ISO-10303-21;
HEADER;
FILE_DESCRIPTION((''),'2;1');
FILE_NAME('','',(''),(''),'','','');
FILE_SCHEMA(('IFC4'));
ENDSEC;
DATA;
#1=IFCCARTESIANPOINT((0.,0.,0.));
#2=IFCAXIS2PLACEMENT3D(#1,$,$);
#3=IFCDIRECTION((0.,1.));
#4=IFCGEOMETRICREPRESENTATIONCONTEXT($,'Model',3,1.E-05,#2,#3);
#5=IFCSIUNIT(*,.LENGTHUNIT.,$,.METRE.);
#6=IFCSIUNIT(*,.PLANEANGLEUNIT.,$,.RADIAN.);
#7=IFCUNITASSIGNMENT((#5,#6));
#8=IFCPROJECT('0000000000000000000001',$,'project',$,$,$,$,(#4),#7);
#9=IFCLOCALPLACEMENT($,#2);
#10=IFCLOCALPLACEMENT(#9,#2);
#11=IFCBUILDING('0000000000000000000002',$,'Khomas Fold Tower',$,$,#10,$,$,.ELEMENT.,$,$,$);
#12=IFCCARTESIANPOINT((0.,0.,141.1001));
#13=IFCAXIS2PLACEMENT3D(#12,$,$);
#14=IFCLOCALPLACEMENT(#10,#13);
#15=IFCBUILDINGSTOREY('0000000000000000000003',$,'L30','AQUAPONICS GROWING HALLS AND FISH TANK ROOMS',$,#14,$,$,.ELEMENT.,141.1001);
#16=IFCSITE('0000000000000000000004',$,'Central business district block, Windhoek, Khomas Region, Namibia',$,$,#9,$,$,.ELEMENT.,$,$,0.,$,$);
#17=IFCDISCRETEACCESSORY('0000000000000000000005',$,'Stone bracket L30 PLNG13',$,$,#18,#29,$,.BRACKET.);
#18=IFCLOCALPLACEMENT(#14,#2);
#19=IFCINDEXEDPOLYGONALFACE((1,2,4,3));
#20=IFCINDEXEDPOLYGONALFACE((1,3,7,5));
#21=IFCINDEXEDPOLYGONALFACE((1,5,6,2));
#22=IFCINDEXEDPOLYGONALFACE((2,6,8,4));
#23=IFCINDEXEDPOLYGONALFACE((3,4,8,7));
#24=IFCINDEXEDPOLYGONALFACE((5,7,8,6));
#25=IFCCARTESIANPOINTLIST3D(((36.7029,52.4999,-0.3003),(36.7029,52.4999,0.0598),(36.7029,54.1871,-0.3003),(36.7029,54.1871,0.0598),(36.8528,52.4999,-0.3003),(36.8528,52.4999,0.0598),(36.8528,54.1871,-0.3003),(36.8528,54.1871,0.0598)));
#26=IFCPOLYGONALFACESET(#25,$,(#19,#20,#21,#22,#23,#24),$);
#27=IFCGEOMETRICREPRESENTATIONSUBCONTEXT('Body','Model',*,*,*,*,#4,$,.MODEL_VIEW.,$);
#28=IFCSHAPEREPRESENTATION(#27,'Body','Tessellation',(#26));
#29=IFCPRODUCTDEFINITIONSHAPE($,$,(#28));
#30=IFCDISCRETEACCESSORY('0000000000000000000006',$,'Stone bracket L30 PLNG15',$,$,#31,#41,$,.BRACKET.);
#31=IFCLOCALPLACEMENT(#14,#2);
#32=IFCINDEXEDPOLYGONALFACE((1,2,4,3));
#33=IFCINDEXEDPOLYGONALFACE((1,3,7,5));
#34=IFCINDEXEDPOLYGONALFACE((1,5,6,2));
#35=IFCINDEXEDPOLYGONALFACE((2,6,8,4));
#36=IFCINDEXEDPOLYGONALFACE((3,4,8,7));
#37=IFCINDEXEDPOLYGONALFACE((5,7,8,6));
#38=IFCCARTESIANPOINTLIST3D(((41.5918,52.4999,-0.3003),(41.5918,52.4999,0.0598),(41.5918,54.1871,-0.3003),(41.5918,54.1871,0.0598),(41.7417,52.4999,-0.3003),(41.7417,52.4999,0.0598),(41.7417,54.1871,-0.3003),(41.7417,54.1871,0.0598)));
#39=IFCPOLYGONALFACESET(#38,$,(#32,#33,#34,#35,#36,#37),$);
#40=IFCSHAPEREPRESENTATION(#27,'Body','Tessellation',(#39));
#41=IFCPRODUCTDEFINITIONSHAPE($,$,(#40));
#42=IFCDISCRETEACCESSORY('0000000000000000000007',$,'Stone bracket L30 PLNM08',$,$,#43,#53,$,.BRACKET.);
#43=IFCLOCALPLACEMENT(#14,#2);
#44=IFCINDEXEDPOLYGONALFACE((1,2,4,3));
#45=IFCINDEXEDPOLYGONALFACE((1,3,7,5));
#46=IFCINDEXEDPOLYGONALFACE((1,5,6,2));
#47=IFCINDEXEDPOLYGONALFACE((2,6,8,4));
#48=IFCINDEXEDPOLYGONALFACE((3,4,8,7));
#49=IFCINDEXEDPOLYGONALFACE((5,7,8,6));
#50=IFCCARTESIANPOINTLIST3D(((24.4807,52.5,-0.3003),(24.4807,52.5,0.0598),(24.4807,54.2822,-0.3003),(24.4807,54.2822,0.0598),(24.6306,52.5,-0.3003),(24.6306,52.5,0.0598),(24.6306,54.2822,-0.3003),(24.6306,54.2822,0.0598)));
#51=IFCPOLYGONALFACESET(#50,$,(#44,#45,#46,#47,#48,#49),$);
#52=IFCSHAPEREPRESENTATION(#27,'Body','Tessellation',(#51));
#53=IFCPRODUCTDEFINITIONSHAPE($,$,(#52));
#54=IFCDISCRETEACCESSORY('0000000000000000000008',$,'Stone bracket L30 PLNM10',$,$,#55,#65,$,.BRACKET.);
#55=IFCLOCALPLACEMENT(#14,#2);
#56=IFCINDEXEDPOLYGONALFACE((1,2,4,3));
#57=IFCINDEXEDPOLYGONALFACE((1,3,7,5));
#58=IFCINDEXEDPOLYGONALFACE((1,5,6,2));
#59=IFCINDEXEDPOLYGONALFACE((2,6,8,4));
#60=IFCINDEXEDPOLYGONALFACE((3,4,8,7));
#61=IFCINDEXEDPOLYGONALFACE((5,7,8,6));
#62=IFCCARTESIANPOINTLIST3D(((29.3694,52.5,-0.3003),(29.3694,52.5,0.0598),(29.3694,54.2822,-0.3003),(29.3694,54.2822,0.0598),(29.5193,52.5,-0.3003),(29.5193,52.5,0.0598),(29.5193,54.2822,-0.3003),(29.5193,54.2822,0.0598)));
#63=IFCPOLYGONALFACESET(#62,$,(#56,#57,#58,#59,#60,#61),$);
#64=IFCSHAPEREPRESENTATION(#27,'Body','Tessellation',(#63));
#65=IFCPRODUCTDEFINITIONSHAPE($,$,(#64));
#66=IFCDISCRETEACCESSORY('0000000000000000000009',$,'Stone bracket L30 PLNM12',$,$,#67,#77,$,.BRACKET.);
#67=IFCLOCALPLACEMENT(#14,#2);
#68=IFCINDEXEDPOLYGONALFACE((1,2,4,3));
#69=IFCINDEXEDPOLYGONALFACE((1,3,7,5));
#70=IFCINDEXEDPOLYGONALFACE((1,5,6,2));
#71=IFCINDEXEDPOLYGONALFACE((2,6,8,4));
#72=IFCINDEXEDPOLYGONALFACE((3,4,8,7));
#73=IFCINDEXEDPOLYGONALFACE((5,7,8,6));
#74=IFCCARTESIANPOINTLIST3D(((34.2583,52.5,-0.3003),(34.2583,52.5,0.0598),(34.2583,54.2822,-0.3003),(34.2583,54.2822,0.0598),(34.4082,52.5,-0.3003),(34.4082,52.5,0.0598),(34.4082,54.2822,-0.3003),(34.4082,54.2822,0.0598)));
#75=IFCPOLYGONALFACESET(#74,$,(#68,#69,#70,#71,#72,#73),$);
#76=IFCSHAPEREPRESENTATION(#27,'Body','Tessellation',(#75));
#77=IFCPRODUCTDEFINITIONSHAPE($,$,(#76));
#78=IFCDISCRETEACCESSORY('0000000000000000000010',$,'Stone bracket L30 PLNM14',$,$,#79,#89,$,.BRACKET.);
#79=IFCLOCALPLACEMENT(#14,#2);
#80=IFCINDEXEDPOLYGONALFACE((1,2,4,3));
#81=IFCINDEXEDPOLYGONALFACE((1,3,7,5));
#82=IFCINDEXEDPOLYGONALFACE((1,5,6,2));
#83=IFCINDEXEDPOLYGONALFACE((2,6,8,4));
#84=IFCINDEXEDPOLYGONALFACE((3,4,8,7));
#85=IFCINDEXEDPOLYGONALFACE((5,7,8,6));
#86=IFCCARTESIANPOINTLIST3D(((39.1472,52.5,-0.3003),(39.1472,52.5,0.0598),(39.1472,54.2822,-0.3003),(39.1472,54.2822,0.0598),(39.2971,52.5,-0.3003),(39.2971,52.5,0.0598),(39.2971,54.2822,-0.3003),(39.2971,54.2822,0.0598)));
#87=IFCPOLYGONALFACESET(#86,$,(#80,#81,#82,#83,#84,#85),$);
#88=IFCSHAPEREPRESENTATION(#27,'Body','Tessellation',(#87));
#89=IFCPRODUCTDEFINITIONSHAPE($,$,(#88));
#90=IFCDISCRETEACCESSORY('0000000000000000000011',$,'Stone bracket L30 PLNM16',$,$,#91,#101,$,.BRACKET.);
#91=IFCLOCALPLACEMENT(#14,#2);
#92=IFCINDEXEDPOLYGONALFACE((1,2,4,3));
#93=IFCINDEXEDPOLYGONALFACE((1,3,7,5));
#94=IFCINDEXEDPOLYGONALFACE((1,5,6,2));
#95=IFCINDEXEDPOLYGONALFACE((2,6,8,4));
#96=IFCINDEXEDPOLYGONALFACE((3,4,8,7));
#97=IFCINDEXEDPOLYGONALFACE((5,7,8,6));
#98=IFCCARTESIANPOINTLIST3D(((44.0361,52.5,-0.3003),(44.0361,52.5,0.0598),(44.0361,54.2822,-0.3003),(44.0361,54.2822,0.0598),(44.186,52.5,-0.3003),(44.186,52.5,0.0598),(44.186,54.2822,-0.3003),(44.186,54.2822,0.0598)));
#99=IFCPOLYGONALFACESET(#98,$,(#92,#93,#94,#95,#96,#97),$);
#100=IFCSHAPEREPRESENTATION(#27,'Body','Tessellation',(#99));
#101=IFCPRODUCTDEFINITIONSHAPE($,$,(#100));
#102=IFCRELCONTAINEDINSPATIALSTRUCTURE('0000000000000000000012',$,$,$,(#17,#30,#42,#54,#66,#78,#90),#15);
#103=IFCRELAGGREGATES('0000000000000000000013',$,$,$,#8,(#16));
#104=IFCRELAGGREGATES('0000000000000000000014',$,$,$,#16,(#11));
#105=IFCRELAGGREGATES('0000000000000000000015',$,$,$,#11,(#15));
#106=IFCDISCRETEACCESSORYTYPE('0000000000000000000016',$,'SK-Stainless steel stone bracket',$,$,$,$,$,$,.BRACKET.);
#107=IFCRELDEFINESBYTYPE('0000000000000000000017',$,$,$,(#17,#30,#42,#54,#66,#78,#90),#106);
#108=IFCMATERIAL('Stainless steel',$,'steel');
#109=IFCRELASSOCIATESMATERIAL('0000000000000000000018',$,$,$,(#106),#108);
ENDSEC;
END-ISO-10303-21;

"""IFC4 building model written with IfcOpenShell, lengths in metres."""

from ifc_helpers import new_model, si_unit, direction, frame, origin, origin_2d, place, context, subcontext, project, spatial, rectangle, extrude, source, transform, mapped, material, type_object, element, save


model = new_model("IFC4")

# Units and contexts
model_context = context("Model", 3, precision=1e-05, world=origin(), true_north=direction((0.0, 1.0)))
body_context = subcontext(model_context, "Body", "Model", "MODEL_VIEW")
ifc_project = project(units=[si_unit("LENGTHUNIT", "METRE"), si_unit("PLANEANGLEUNIT", "RADIAN")], contexts=[model_context])

# Site, building, storey
site_placement = place(None, origin())
site = spatial("IfcSite", under=ifc_project, at=site_placement, Name="Central business district block, Windhoek, Khomas Region, Namibia", CompositionType="ELEMENT", RefElevation=0.0)
building_placement = place(site_placement, origin())
building = spatial("IfcBuilding", under=site, at=building_placement, Name="Khomas Fold Tower", CompositionType="ELEMENT")
storey_placement = place(building_placement, frame((0.0, 0.0, 141.1001)))
storey = spatial("IfcBuildingStorey", under=building, at=storey_placement, Name="L30", Description="AQUAPONICS GROWING HALLS AND FISH TANK ROOMS", CompositionType="ELEMENT", Elevation=141.1001)

# Discrete accessories
ifc_material_1 = material(Name="Stainless steel", Category="steel")
discrete_accessory_type = type_object("IfcDiscreteAccessoryType", Name="SK-Stainless steel stone bracket", PredefinedType="BRACKET", material=ifc_material_1)
shared_shape_1 = source(origin(), body_context, "Body", "SweptSolid", [
    extrude(rectangle(XDim=1.6873, YDim=0.1499, at=origin_2d()), origin(), (0.0, 0.0, 1.0), 0.3601),
])
for number, where, z_axis, x_axis, name in (
    (1, (36.7778, 53.3435, -0.3003), (0.0, 0.0, 1.0), (0.0, 1.0, 0.0), "Stone bracket L30 PLNG13"),
    (2, (41.6667, 53.3435, -0.3003), (0.0, 0.0, 1.0), (0.0, 1.0, 0.0), "Stone bracket L30 PLNG15"),
):
    element("IfcDiscreteAccessory", number, at=place(storey_placement, frame(where, z_axis=z_axis, x_axis=x_axis)), inside=storey, type_object=discrete_accessory_type, Name=name, PredefinedType="BRACKET", context=body_context, shape_type="MappedRepresentation", body=[
        mapped(shared_shape_1, transform((0.0, 0.0, 0.0))),
    ])
shared_shape_2 = source(origin(), body_context, "Body", "SweptSolid", [
    extrude(rectangle(XDim=1.7822, YDim=0.1499, at=origin_2d()), origin(), (0.0, 0.0, 1.0), 0.3601),
])
for number, where, z_axis, x_axis, name in (
    (3, (24.5557, 53.3911, -0.3003), (0.0, 0.0, 1.0), (0.0, 1.0, 0.0), "Stone bracket L30 PLNM08"),
    (4, (29.4443, 53.3911, -0.3003), (0.0, 0.0, 1.0), (0.0, 1.0, 0.0), "Stone bracket L30 PLNM10"),
    (5, (34.3333, 53.3911, -0.3003), (0.0, 0.0, 1.0), (0.0, 1.0, 0.0), "Stone bracket L30 PLNM12"),
    (6, (39.2222, 53.3911, -0.3003), (0.0, 0.0, 1.0), (0.0, 1.0, 0.0), "Stone bracket L30 PLNM14"),
    (7, (44.1111, 53.3911, -0.3003), (0.0, 0.0, 1.0), (0.0, 1.0, 0.0), "Stone bracket L30 PLNM16"),
):
    element("IfcDiscreteAccessory", number, at=place(storey_placement, frame(where, z_axis=z_axis, x_axis=x_axis)), inside=storey, type_object=discrete_accessory_type, Name=name, PredefinedType="BRACKET", context=body_context, shape_type="MappedRepresentation", body=[
        mapped(shared_shape_2, transform((0.0, 0.0, 0.0))),
    ])

save(model, "model.ifc")
